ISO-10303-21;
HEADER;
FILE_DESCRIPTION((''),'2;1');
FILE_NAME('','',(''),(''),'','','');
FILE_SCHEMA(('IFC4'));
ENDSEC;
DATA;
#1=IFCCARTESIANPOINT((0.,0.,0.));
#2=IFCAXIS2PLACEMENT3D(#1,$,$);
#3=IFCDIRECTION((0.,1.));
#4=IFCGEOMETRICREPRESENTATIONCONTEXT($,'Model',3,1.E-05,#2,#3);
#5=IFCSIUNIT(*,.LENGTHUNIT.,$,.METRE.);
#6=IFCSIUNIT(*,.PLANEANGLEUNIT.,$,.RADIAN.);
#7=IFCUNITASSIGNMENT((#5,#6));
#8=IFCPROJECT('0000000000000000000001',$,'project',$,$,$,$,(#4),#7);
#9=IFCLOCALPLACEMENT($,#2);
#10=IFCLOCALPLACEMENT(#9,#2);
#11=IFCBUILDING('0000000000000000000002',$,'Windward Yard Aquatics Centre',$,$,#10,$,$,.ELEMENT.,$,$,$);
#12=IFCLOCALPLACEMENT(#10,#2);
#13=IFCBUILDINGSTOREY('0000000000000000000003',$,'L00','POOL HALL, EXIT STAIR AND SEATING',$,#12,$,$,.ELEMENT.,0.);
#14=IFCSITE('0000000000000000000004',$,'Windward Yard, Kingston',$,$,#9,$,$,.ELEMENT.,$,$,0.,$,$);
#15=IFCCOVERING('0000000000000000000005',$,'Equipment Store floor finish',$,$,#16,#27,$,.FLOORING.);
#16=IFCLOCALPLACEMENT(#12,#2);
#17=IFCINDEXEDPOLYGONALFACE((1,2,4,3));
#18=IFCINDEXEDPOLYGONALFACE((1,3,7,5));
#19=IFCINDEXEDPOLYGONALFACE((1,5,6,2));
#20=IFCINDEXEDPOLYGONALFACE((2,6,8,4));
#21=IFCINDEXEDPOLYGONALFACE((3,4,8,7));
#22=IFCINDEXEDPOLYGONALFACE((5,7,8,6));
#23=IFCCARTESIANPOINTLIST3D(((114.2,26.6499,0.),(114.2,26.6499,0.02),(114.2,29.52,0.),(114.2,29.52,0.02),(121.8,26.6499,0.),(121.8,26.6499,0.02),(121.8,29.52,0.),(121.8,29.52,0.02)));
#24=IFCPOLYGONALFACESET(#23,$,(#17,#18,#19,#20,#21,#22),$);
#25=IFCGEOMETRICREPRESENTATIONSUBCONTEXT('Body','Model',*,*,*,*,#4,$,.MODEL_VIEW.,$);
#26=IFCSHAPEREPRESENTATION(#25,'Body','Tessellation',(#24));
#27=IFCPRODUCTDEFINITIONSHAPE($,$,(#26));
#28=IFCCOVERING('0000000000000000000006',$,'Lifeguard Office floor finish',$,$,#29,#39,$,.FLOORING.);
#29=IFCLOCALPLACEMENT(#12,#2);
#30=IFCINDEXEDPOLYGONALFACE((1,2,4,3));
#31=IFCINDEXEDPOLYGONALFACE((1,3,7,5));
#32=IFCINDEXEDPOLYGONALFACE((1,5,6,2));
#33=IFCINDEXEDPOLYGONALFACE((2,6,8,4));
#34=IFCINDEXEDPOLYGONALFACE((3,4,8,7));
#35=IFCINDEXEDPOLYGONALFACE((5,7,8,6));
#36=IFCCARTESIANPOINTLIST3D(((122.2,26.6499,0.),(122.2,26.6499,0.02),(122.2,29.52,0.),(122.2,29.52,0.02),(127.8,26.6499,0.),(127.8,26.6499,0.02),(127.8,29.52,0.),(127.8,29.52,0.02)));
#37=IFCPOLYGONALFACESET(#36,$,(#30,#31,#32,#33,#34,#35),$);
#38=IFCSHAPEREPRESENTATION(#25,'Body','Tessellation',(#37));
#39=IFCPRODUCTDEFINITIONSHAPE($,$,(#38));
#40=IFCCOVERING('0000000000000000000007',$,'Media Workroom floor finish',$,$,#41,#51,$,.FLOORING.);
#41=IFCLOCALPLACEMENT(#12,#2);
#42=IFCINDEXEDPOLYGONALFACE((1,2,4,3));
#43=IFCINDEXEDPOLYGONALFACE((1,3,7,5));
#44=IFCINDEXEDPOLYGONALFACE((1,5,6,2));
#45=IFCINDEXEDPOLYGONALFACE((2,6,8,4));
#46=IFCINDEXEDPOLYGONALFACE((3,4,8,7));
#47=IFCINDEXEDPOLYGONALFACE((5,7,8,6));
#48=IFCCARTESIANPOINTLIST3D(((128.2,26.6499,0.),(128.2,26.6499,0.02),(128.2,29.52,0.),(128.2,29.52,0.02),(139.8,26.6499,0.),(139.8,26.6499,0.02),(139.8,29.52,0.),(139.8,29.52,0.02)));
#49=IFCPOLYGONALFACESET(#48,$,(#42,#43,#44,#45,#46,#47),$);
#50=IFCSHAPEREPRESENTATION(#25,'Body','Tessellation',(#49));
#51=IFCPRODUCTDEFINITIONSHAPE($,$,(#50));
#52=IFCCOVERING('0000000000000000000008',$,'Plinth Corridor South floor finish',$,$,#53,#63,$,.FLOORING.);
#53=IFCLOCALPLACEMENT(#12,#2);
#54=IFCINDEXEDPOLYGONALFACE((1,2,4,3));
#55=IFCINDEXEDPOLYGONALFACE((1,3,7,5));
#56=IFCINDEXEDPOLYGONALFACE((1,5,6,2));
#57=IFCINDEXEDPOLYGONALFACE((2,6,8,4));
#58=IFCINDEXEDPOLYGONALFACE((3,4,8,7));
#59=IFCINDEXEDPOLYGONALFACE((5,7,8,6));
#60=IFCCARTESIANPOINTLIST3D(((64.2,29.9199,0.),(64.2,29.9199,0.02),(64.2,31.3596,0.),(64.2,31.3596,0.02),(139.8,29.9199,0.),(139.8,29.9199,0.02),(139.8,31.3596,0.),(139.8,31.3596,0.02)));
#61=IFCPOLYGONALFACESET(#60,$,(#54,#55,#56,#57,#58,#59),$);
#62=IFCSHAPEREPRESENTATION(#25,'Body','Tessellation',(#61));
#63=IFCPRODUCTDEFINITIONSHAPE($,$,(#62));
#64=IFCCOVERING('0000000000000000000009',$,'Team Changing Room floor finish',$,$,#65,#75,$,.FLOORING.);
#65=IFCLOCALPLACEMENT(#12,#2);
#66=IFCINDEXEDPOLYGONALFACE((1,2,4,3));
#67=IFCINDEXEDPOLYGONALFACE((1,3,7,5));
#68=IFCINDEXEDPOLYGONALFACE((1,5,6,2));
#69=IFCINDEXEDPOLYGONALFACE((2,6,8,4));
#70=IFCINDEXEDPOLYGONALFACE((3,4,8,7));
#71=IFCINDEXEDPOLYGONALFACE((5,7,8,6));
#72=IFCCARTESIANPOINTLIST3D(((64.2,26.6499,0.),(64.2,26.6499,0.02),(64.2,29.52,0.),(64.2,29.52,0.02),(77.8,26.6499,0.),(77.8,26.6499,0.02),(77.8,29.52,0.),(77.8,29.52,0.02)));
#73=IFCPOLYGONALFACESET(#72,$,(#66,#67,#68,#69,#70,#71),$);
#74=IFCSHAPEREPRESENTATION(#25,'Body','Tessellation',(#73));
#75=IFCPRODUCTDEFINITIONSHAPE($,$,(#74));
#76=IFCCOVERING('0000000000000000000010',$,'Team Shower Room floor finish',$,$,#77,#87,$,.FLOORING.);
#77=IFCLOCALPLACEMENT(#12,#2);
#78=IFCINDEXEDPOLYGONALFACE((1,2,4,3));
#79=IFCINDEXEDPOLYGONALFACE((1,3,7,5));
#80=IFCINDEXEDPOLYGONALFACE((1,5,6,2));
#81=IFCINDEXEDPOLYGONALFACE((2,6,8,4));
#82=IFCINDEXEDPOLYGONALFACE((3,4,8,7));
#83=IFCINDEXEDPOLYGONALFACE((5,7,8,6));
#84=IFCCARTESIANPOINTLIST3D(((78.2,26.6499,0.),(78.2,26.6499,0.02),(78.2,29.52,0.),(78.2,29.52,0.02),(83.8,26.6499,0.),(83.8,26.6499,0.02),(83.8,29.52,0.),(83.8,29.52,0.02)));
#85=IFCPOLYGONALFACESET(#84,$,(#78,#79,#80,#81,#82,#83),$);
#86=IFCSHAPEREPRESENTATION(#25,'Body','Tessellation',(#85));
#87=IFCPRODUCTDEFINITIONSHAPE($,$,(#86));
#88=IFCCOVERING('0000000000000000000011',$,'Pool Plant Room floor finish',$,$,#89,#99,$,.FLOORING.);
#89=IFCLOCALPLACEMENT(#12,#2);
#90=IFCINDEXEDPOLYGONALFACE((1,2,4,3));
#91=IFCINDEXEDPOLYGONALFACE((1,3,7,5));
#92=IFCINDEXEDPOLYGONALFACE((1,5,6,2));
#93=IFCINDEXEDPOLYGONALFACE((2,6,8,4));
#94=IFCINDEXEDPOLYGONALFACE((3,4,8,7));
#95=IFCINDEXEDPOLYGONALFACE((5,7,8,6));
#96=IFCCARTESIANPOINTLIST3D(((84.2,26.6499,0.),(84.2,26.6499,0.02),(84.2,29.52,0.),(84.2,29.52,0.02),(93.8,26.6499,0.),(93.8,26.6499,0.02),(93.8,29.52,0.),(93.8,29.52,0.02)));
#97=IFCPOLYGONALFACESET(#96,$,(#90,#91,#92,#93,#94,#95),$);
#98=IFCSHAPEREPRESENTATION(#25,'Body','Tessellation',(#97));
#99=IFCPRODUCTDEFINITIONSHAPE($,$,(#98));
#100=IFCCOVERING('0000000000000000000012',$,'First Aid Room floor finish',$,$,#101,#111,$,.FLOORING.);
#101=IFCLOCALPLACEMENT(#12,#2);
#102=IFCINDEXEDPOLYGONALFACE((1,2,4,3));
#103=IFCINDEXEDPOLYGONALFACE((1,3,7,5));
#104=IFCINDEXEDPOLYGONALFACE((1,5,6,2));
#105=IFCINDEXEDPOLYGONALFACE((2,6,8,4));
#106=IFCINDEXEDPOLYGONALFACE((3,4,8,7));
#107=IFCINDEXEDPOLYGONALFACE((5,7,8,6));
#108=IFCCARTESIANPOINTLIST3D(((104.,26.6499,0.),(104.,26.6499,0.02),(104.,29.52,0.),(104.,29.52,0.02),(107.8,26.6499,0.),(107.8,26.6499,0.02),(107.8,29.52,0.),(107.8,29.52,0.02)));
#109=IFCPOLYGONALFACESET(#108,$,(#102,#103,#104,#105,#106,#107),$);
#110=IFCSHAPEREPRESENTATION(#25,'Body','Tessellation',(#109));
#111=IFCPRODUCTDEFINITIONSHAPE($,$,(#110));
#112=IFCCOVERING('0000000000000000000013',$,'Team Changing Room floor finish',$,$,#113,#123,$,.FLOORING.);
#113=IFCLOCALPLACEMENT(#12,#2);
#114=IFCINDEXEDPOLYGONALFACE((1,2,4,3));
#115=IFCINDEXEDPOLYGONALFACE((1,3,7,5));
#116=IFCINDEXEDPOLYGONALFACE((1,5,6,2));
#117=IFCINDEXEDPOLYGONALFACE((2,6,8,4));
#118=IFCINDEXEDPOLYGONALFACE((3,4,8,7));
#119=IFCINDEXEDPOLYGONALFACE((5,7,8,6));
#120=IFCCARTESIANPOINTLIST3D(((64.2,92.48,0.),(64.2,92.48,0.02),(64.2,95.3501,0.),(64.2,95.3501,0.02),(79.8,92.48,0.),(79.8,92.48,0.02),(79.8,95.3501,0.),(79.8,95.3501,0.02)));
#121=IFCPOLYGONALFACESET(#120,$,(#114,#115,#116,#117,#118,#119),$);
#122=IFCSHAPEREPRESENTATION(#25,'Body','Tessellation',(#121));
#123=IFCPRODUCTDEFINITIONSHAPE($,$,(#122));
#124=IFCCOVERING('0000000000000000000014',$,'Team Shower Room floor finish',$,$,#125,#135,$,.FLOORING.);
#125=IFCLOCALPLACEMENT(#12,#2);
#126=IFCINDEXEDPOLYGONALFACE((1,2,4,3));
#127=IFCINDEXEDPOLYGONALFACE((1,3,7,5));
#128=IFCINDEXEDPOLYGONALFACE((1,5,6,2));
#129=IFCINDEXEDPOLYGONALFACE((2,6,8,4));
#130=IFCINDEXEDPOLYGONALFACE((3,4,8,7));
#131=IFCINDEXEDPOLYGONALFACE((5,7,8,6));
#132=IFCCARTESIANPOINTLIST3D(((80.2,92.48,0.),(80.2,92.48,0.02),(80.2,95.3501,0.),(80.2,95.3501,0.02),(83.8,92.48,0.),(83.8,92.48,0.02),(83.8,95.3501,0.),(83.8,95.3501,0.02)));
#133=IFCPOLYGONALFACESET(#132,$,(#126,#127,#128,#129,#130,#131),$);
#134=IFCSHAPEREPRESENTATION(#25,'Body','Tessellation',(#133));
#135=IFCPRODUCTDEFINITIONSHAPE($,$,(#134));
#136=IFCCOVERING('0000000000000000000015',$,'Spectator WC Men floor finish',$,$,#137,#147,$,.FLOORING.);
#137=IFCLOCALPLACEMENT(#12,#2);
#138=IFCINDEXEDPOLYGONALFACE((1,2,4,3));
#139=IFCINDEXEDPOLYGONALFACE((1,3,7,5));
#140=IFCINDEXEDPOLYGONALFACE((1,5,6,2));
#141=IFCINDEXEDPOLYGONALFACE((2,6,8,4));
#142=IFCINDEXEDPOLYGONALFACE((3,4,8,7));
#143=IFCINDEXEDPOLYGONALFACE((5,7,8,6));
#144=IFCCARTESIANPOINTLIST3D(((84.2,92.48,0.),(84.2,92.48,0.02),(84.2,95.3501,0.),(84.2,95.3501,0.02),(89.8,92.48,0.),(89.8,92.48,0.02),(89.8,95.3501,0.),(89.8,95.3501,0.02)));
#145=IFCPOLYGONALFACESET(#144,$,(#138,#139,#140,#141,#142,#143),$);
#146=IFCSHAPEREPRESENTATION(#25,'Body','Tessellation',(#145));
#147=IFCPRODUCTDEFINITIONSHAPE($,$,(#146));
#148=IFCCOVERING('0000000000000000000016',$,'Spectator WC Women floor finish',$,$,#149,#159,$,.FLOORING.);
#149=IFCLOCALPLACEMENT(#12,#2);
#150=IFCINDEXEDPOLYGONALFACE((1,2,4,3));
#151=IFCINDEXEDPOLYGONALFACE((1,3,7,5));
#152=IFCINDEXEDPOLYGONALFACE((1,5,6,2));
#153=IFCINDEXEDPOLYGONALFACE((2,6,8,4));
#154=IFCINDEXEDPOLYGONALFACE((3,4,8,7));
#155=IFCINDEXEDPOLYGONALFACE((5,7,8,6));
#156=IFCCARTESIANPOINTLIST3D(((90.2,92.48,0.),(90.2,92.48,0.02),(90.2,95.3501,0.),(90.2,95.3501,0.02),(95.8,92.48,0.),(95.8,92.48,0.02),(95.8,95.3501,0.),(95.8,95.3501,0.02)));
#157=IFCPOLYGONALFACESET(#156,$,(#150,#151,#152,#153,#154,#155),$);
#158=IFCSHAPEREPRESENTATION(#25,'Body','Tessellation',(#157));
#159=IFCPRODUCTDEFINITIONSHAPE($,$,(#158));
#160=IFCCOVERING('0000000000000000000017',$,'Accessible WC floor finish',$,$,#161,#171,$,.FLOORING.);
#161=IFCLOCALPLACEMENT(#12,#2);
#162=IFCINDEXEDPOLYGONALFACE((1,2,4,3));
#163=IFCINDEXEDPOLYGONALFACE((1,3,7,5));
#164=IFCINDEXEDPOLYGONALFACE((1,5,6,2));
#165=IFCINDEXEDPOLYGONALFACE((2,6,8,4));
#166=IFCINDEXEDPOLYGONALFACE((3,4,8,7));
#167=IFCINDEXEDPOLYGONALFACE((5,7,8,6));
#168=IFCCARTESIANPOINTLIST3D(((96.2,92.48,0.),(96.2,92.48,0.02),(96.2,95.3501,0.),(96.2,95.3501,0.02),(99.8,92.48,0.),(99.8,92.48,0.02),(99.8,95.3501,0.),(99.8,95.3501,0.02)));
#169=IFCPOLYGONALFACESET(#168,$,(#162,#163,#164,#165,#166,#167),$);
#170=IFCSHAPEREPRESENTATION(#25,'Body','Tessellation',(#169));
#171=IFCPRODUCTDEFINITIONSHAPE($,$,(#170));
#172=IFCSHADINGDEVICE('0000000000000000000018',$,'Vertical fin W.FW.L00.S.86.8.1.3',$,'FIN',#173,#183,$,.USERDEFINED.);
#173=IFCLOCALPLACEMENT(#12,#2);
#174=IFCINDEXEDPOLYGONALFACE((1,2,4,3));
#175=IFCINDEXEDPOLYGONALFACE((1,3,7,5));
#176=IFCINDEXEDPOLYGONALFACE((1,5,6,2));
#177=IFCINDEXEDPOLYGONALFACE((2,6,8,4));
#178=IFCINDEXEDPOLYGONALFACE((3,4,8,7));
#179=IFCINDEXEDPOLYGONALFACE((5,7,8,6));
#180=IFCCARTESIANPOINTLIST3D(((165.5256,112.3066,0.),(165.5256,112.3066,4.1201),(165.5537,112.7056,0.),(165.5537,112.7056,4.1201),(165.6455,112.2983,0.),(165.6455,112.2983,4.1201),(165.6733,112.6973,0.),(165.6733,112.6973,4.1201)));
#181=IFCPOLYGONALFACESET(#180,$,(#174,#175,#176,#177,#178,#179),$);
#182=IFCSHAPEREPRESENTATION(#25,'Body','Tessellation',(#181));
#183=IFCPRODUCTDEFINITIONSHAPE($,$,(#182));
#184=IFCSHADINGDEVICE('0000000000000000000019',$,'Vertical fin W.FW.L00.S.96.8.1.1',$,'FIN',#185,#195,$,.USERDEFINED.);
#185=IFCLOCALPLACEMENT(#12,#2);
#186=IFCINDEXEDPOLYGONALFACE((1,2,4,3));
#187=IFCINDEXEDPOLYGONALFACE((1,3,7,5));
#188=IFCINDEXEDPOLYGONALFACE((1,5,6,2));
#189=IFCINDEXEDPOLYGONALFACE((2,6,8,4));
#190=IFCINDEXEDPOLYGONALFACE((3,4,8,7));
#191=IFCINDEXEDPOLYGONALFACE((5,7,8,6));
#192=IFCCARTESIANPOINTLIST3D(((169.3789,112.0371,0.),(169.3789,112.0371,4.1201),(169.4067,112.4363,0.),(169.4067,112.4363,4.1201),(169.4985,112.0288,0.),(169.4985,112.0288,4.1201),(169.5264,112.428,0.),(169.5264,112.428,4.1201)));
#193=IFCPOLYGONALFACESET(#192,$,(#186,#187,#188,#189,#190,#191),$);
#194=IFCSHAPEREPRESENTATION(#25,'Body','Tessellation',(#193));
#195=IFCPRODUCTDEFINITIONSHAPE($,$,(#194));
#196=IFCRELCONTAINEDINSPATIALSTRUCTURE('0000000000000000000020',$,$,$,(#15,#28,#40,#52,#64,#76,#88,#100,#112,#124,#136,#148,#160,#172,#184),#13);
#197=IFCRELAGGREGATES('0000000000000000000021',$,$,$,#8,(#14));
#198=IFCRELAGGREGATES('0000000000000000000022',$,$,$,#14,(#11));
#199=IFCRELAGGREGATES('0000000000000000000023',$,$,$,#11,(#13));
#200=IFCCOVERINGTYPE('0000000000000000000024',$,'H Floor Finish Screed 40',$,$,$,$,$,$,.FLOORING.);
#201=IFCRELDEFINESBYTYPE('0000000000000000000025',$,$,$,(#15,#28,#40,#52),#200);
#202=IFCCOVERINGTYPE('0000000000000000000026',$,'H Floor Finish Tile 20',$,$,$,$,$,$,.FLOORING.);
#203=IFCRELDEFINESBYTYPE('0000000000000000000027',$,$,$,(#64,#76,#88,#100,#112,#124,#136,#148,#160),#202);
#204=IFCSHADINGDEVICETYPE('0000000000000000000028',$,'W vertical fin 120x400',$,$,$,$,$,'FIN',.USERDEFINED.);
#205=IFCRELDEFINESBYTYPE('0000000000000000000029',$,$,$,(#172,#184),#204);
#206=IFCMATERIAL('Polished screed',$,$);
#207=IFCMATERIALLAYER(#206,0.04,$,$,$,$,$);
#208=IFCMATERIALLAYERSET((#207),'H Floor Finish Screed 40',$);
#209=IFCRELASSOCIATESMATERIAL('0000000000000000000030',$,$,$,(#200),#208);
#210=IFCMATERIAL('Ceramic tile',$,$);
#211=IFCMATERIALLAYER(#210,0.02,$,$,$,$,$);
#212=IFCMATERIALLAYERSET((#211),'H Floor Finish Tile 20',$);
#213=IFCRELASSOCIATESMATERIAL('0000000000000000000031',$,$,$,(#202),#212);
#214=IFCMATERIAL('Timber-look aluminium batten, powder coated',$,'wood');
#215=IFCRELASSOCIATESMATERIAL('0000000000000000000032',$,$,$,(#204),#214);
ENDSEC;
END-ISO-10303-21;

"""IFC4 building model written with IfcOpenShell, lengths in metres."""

from ifc_helpers import new_model, si_unit, direction, origin, place, context, subcontext, project, spatial, polyline, outline, extrude, material, layer, layer_set, type_object, element, save


model = new_model("IFC4")

# Units and contexts
model_context = context("Model", 3, precision=1e-05, world=origin(), true_north=direction((0.0, 1.0)))
body_context = subcontext(model_context, "Body", "Model", "MODEL_VIEW")
ifc_project = project(units=[si_unit("LENGTHUNIT", "METRE"), si_unit("PLANEANGLEUNIT", "RADIAN")], contexts=[model_context])

# Site, building, storey
site_placement = place(None, origin())
site = spatial("IfcSite", under=ifc_project, at=site_placement, Name="Windward Yard, Kingston", CompositionType="ELEMENT", RefElevation=0.0)
building_placement = place(site_placement, origin())
building = spatial("IfcBuilding", under=site, at=building_placement, Name="Windward Yard Aquatics Centre", CompositionType="ELEMENT")
storey_placement = place(building_placement, origin())
storey = spatial("IfcBuildingStorey", under=building, at=storey_placement, Name="L00", Description="POOL HALL, EXIT STAIR AND SEATING", CompositionType="ELEMENT", Elevation=0.0)

# Coverings
ifc_material_1 = material(Name="Polished screed")
ifc_layer_1 = layer(ifc_material_1, 0.04)
ifc_layer_set_1 = layer_set([ifc_layer_1], Name="H Floor Finish Screed 40")
covering_type_1 = type_object("IfcCoveringType", Name="H Floor Finish Screed 40", PredefinedType="FLOORING", material=ifc_layer_set_1)
covering_1_placement = place(storey_placement, origin())
element("IfcCovering", 1, at=covering_1_placement, inside=storey, type_object=covering_type_1, Name="Equipment Store floor finish", PredefinedType="FLOORING", context=body_context, shape_type="SweptSolid", body=[
    extrude(outline(polyline([(114.2, 26.6499), (114.2, 29.52), (121.8, 29.52), (121.8, 26.6499), (114.2, 26.6499)])), origin(), (0.0, 0.0, 1.0), 0.02),
])
covering_2_placement = place(storey_placement, origin())
element("IfcCovering", 2, at=covering_2_placement, inside=storey, type_object=covering_type_1, Name="Lifeguard Office floor finish", PredefinedType="FLOORING", context=body_context, shape_type="SweptSolid", body=[
    extrude(outline(polyline([(122.2, 26.6499), (122.2, 29.52), (127.8, 29.52), (127.8, 26.6499), (122.2, 26.6499)])), origin(), (0.0, 0.0, 1.0), 0.02),
])
covering_3_placement = place(storey_placement, origin())
element("IfcCovering", 3, at=covering_3_placement, inside=storey, type_object=covering_type_1, Name="Media Workroom floor finish", PredefinedType="FLOORING", context=body_context, shape_type="SweptSolid", body=[
    extrude(outline(polyline([(128.2, 26.6499), (128.2, 29.52), (139.8, 29.52), (139.8, 26.6499), (128.2, 26.6499)])), origin(), (0.0, 0.0, 1.0), 0.02),
])
covering_4_placement = place(storey_placement, origin())
element("IfcCovering", 4, at=covering_4_placement, inside=storey, type_object=covering_type_1, Name="Plinth Corridor South floor finish", PredefinedType="FLOORING", context=body_context, shape_type="SweptSolid", body=[
    extrude(outline(polyline([(64.2, 29.9199), (64.2, 31.3596), (139.8, 31.3596), (139.8, 29.9199), (64.2, 29.9199)])), origin(), (0.0, 0.0, 1.0), 0.02),
])
ifc_material_2 = material(Name="Ceramic tile")
ifc_layer_2 = layer(ifc_material_2, 0.02)
ifc_layer_set_2 = layer_set([ifc_layer_2], Name="H Floor Finish Tile 20")
covering_type_2 = type_object("IfcCoveringType", Name="H Floor Finish Tile 20", PredefinedType="FLOORING", material=ifc_layer_set_2)
covering_5_placement = place(storey_placement, origin())
element("IfcCovering", 5, at=covering_5_placement, inside=storey, type_object=covering_type_2, Name="Team Changing Room floor finish", PredefinedType="FLOORING", context=body_context, shape_type="SweptSolid", body=[
    extrude(outline(polyline([(64.2, 26.6499), (64.2, 29.52), (77.8, 29.52), (77.8, 26.6499), (64.2, 26.6499)])), origin(), (0.0, 0.0, 1.0), 0.02),
])
covering_6_placement = place(storey_placement, origin())
element("IfcCovering", 6, at=covering_6_placement, inside=storey, type_object=covering_type_2, Name="Team Shower Room floor finish", PredefinedType="FLOORING", context=body_context, shape_type="SweptSolid", body=[
    extrude(outline(polyline([(78.2, 26.6499), (78.2, 29.52), (83.8, 29.52), (83.8, 26.6499), (78.2, 26.6499)])), origin(), (0.0, 0.0, 1.0), 0.02),
])
covering_7_placement = place(storey_placement, origin())
element("IfcCovering", 7, at=covering_7_placement, inside=storey, type_object=covering_type_2, Name="Pool Plant Room floor finish", PredefinedType="FLOORING", context=body_context, shape_type="SweptSolid", body=[
    extrude(outline(polyline([(84.2, 26.6499), (84.2, 29.52), (93.8, 29.52), (93.8, 26.6499), (84.2, 26.6499)])), origin(), (0.0, 0.0, 1.0), 0.02),
])
covering_8_placement = place(storey_placement, origin())
element("IfcCovering", 8, at=covering_8_placement, inside=storey, type_object=covering_type_2, Name="First Aid Room floor finish", PredefinedType="FLOORING", context=body_context, shape_type="SweptSolid", body=[
    extrude(outline(polyline([(104.0, 26.6499), (104.0, 29.52), (107.8, 29.52), (107.8, 26.6499), (104.0, 26.6499)])), origin(), (0.0, 0.0, 1.0), 0.02),
])
covering_9_placement = place(storey_placement, origin())
element("IfcCovering", 9, at=covering_9_placement, inside=storey, type_object=covering_type_2, Name="Team Changing Room floor finish", PredefinedType="FLOORING", context=body_context, shape_type="SweptSolid", body=[
    extrude(outline(polyline([(64.2, 92.48), (64.2, 95.3501), (79.8, 95.3501), (79.8, 92.48), (64.2, 92.48)])), origin(), (0.0, 0.0, 1.0), 0.02),
])
covering_10_placement = place(storey_placement, origin())
element("IfcCovering", 10, at=covering_10_placement, inside=storey, type_object=covering_type_2, Name="Team Shower Room floor finish", PredefinedType="FLOORING", context=body_context, shape_type="SweptSolid", body=[
    extrude(outline(polyline([(80.2, 92.48), (80.2, 95.3501), (83.8, 95.3501), (83.8, 92.48), (80.2, 92.48)])), origin(), (0.0, 0.0, 1.0), 0.02),
])
covering_11_placement = place(storey_placement, origin())
element("IfcCovering", 11, at=covering_11_placement, inside=storey, type_object=covering_type_2, Name="Spectator WC Men floor finish", PredefinedType="FLOORING", context=body_context, shape_type="SweptSolid", body=[
    extrude(outline(polyline([(84.2, 92.48), (84.2, 95.3501), (89.8, 95.3501), (89.8, 92.48), (84.2, 92.48)])), origin(), (0.0, 0.0, 1.0), 0.02),
])
covering_12_placement = place(storey_placement, origin())
element("IfcCovering", 12, at=covering_12_placement, inside=storey, type_object=covering_type_2, Name="Spectator WC Women floor finish", PredefinedType="FLOORING", context=body_context, shape_type="SweptSolid", body=[
    extrude(outline(polyline([(90.2, 92.48), (90.2, 95.3501), (95.8, 95.3501), (95.8, 92.48), (90.2, 92.48)])), origin(), (0.0, 0.0, 1.0), 0.02),
])
covering_13_placement = place(storey_placement, origin())
element("IfcCovering", 13, at=covering_13_placement, inside=storey, type_object=covering_type_2, Name="Accessible WC floor finish", PredefinedType="FLOORING", context=body_context, shape_type="SweptSolid", body=[
    extrude(outline(polyline([(96.2, 92.48), (96.2, 95.3501), (99.8, 95.3501), (99.8, 92.48), (96.2, 92.48)])), origin(), (0.0, 0.0, 1.0), 0.02),
])

# Shading devices
ifc_material_3 = material(Name="Timber-look aluminium batten, powder coated", Category="wood")
shading_device_type = type_object("IfcShadingDeviceType", Name="W vertical fin 120x400", ElementType="FIN", PredefinedType="USERDEFINED", material=ifc_material_3)
shading_device_1_placement = place(storey_placement, origin())
element("IfcShadingDevice", 14, at=shading_device_1_placement, inside=storey, type_object=shading_device_type, Name="Vertical fin W.FW.L00.S.86.8.1.3", ObjectType="FIN", PredefinedType="USERDEFINED", context=body_context, shape_type="SweptSolid", body=[
    extrude(outline(polyline([(165.5256, 112.3066), (165.5537, 112.7056), (165.6733, 112.6973), (165.6455, 112.2983), (165.5256, 112.3066)])), origin(), (0.0, 0.0, 1.0), 4.1201),
])
shading_device_2_placement = place(storey_placement, origin())
element("IfcShadingDevice", 15, at=shading_device_2_placement, inside=storey, type_object=shading_device_type, Name="Vertical fin W.FW.L00.S.96.8.1.1", ObjectType="FIN", PredefinedType="USERDEFINED", context=body_context, shape_type="SweptSolid", body=[
    extrude(outline(polyline([(169.3789, 112.0371), (169.4067, 112.4363), (169.5264, 112.428), (169.4985, 112.0288), (169.3789, 112.0371)])), origin(), (0.0, 0.0, 1.0), 4.1201),
])

save(model, "model.ifc")
